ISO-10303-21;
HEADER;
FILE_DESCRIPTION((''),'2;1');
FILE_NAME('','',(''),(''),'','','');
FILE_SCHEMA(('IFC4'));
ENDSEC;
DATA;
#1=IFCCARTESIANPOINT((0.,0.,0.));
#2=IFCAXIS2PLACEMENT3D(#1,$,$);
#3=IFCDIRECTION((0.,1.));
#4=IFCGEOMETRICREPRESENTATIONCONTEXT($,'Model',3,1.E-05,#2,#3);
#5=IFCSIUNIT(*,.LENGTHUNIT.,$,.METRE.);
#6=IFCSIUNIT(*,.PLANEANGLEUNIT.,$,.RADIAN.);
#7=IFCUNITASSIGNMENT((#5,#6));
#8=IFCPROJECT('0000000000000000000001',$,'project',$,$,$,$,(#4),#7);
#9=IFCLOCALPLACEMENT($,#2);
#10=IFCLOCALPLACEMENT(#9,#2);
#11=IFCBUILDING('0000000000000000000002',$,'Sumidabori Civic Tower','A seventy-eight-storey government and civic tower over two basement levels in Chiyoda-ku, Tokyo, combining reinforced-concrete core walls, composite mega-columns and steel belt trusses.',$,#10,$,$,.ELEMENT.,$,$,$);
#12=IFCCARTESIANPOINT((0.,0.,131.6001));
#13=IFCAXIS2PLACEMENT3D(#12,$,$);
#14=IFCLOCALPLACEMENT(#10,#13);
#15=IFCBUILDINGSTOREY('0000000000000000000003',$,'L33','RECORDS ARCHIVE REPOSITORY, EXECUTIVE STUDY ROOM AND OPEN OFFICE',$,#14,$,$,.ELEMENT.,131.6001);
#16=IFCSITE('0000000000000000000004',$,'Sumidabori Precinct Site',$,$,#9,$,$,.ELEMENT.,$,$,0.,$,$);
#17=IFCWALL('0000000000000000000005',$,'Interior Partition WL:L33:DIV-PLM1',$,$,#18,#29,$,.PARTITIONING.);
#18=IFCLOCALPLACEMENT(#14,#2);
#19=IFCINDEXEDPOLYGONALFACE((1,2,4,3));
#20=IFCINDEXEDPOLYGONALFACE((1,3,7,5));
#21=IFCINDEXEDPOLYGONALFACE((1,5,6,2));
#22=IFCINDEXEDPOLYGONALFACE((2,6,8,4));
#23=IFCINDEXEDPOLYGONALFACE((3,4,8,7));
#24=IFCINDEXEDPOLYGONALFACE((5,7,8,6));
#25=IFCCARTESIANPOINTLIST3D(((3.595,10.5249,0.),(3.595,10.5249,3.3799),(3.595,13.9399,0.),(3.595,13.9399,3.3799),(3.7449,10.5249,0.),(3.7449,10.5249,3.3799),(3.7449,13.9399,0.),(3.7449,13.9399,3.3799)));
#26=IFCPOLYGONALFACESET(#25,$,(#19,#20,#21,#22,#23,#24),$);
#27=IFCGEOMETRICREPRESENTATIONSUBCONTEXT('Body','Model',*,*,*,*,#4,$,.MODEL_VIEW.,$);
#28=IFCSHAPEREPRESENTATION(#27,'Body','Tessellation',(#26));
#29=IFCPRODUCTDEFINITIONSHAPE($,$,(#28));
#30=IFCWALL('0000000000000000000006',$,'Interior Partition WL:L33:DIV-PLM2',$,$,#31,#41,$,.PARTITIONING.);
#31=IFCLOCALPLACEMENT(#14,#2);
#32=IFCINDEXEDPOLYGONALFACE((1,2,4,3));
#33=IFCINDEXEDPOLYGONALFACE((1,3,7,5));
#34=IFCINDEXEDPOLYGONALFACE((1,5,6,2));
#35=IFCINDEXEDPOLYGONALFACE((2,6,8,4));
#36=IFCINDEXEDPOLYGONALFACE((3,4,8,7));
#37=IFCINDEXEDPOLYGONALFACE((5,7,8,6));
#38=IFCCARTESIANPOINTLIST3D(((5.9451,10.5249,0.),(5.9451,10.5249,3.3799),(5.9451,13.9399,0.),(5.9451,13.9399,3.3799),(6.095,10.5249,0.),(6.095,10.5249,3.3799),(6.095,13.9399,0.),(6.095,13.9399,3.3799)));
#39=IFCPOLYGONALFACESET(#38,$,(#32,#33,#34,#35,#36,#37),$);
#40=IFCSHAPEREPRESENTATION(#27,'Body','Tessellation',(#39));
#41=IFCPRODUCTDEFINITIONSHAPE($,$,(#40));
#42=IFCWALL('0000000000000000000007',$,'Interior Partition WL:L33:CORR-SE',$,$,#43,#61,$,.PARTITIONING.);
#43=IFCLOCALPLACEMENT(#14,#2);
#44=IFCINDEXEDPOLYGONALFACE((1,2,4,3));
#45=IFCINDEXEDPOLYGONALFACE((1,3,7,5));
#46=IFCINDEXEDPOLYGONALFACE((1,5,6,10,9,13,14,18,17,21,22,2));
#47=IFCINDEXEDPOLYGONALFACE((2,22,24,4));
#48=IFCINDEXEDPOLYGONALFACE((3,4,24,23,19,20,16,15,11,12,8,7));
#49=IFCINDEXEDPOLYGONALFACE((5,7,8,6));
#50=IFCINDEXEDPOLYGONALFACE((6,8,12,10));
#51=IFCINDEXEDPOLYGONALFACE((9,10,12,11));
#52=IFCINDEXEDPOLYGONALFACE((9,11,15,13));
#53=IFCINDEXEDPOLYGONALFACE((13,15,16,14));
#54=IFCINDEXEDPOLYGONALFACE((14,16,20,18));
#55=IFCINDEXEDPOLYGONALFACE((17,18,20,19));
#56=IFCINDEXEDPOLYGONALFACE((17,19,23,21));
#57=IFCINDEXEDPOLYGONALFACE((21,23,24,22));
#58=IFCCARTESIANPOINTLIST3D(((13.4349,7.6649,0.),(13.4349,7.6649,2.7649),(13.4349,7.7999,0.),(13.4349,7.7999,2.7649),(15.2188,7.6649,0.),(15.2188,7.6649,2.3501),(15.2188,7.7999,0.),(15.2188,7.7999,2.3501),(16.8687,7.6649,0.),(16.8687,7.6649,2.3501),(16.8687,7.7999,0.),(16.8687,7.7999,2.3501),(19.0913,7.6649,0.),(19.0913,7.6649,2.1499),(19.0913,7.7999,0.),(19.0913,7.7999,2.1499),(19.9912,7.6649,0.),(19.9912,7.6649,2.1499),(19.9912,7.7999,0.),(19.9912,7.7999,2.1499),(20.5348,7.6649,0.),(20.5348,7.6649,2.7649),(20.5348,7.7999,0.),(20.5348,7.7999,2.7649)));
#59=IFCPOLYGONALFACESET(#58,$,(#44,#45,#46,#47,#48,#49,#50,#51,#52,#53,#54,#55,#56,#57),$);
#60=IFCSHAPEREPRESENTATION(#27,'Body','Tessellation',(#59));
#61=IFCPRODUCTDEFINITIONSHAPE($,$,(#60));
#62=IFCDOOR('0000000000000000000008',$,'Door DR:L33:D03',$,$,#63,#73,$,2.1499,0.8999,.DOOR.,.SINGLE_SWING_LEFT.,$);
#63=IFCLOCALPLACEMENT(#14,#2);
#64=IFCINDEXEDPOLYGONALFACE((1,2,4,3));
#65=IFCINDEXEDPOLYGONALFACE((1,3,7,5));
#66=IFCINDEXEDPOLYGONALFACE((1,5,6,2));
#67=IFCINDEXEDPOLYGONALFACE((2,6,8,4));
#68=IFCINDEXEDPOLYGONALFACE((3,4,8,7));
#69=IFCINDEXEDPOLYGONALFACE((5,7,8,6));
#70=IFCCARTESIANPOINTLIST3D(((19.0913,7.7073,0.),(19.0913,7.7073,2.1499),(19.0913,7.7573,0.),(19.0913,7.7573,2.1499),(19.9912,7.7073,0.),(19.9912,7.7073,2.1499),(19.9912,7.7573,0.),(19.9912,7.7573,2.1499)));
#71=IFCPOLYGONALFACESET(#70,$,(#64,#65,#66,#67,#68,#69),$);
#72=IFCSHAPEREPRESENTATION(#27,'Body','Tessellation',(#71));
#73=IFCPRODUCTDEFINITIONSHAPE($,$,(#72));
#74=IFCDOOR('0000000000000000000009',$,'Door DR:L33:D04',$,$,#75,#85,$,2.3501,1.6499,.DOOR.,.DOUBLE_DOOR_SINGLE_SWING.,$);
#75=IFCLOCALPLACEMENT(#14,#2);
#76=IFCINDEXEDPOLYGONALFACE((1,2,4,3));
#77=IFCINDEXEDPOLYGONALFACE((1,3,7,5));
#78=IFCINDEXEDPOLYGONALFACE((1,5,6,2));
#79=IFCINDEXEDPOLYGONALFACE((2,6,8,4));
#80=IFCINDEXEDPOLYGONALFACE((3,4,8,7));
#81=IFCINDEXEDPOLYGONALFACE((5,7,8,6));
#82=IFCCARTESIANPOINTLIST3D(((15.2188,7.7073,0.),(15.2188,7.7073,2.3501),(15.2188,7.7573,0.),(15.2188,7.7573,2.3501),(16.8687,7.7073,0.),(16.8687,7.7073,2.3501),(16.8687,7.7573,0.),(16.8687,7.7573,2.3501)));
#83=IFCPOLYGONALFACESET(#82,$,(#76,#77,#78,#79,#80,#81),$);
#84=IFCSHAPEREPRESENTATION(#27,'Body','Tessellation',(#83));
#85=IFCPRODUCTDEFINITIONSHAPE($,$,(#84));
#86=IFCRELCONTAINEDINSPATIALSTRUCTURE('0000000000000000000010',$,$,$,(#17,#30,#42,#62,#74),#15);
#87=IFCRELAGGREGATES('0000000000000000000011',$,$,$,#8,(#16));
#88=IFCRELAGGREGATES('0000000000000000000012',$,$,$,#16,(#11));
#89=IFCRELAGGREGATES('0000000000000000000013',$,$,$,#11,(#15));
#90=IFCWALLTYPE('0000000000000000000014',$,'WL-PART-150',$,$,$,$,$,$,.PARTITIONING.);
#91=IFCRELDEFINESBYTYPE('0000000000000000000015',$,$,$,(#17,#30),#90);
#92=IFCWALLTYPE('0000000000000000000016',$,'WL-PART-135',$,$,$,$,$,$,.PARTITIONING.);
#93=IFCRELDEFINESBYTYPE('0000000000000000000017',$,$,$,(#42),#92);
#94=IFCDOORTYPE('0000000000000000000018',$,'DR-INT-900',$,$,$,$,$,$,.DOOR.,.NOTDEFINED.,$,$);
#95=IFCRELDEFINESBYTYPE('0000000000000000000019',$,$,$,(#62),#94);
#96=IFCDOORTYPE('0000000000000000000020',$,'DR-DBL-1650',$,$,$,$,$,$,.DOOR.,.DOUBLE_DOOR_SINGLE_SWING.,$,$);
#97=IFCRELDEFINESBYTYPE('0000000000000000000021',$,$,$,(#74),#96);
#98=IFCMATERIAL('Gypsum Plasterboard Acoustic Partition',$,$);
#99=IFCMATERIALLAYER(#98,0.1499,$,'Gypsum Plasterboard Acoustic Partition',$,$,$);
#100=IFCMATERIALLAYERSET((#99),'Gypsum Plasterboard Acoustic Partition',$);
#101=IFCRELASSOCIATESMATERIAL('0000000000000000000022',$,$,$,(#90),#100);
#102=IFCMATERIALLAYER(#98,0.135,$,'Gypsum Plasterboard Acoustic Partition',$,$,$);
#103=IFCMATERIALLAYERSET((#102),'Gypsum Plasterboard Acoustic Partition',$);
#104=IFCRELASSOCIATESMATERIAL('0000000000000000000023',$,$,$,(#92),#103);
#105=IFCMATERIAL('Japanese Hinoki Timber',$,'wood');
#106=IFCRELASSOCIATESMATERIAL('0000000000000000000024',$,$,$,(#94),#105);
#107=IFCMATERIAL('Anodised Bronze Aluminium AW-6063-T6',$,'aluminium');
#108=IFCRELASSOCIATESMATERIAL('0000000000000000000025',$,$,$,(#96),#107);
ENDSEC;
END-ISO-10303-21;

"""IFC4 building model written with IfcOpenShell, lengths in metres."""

from ifc_helpers import new_model, si_unit, direction, frame, frame_2d, origin, place, context, subcontext, project, spatial, rectangle, extrude, source, transform, mapped, material, layer, layer_set, type_object, element, fill, save


model = new_model("IFC4")

# Units and contexts
model_context = context("Model", 3, precision=1e-05, world=origin(), true_north=direction((0.0, 1.0)))
body_context = subcontext(model_context, "Body", "Model", "MODEL_VIEW")
ifc_project = project(units=[si_unit("LENGTHUNIT", "METRE"), si_unit("PLANEANGLEUNIT", "RADIAN")], contexts=[model_context])

# Site, building, storey
site_placement = place(None, origin())
site = spatial("IfcSite", under=ifc_project, at=site_placement, Name="Sumidabori Precinct Site", CompositionType="ELEMENT", RefElevation=0.0)
building_placement = place(site_placement, origin())
building = spatial("IfcBuilding", under=site, at=building_placement, Name="Sumidabori Civic Tower", Description="A seventy-eight-storey government and civic tower over two basement levels in Chiyoda-ku, Tokyo, combining reinforced-concrete core walls, composite mega-columns and steel belt trusses.", CompositionType="ELEMENT")
storey_placement = place(building_placement, frame((0.0, 0.0, 131.6001)))
storey = spatial("IfcBuildingStorey", under=building, at=storey_placement, Name="L33", Description="RECORDS ARCHIVE REPOSITORY, EXECUTIVE STUDY ROOM AND OPEN OFFICE", CompositionType="ELEMENT", Elevation=131.6001)

# Shared definitions
ifc_material_1 = material(Name="Japanese Hinoki Timber", Category="wood")

# Walls
ifc_material_2 = material(Name="Gypsum Plasterboard Acoustic Partition")
ifc_layer_1 = layer(ifc_material_2, 0.1499, Name="Gypsum Plasterboard Acoustic Partition")
ifc_layer_set_1 = layer_set([ifc_layer_1], Name="Gypsum Plasterboard Acoustic Partition")
wall_type_1 = type_object("IfcWallType", Name="WL-PART-150", PredefinedType="PARTITIONING", material=ifc_layer_set_1)
shared_shape_1 = source(origin(), body_context, "Body", "SweptSolid", [
    extrude(rectangle(XDim=3.415, YDim=0.1499, at=frame_2d((1.7075, 0.0))), origin(), (0.0, 0.0, 1.0), 3.3799),
])
for number, where, z_axis, x_axis, name in (
    (1, (3.6699, 10.5249, 0.0), (0.0, 0.0, 1.0), (0.0, 1.0, 0.0), "Interior Partition WL:L33:DIV-PLM1"),
    (2, (6.02, 10.5249, 0.0), (0.0, 0.0, 1.0), (0.0, 1.0, 0.0), "Interior Partition WL:L33:DIV-PLM2"),
):
    element("IfcWall", number, at=place(storey_placement, frame(where, z_axis=z_axis, x_axis=x_axis)), inside=storey, type_object=wall_type_1, Name=name, PredefinedType="PARTITIONING", context=body_context, shape_type="MappedRepresentation", body=[
        mapped(shared_shape_1, transform((0.0, 0.0, 0.0), x_axis=(1.0, 0.0, 0.0), y_axis=(0.0, 1.0, 0.0), z_axis=(0.0, 0.0, 1.0), scale=1.0)),
    ])

# Wall, openings, doors
ifc_layer_2 = layer(ifc_material_2, 0.135, Name="Gypsum Plasterboard Acoustic Partition")
ifc_layer_set_2 = layer_set([ifc_layer_2], Name="Gypsum Plasterboard Acoustic Partition")
wall_type_2 = type_object("IfcWallType", Name="WL-PART-135", PredefinedType="PARTITIONING", material=ifc_layer_set_2)
shared_shape_2 = source(origin(), body_context, "Body", "SweptSolid", [
    extrude(rectangle(XDim=7.0999, YDim=0.135, at=frame_2d((3.5498, 0.0))), origin(), (0.0, 0.0, 1.0), 2.7649),
])
wall_1_placement = place(storey_placement, frame((13.4351, 7.7324, 0.0), z_axis=(0.0, 0.0, 1.0), x_axis=(1.0, 0.0, 0.0)))
wall_1 = element("IfcWall", 3, at=wall_1_placement, inside=storey, type_object=wall_type_2, Name="Interior Partition WL:L33:CORR-SE", PredefinedType="PARTITIONING", context=body_context, shape_type="MappedRepresentation", body=[
    mapped(shared_shape_2, transform((0.0, 0.0, 0.0), x_axis=(1.0, 0.0, 0.0), y_axis=(0.0, 1.0, 0.0), z_axis=(0.0, 0.0, 1.0), scale=1.0)),
])
opening_1_placement = place(wall_1_placement, frame((5.6562, 0.0, 0.0)))
opening_1 = element("IfcOpeningElement", 4, at=opening_1_placement, cuts=wall_1, PredefinedType="OPENING", context=body_context, shape_type="SweptSolid", body=[
    extrude(rectangle(XDim=0.8999, YDim=2.1499, at=frame_2d((0.45, 1.075))), frame((0.0, 0.0796, 0.0), z_axis=(0.0, -1.0, 0.0), x_axis=(1.0, 0.0, 0.0)), (0.0, 0.0, 1.0), 0.1589),
])
opening_2_placement = place(wall_1_placement, frame((1.7837, 0.0, 0.0)))
opening_2 = element("IfcOpeningElement", 5, at=opening_2_placement, cuts=wall_1, PredefinedType="OPENING", context=body_context, shape_type="SweptSolid", body=[
    extrude(rectangle(XDim=1.6499, YDim=2.3501, at=frame_2d((0.825, 1.175))), frame((0.0, 0.0796, 0.0), z_axis=(0.0, -1.0, 0.0), x_axis=(1.0, 0.0, 0.0)), (0.0, 0.0, 1.0), 0.1589),
])
door_type_1 = type_object("IfcDoorType", Name="DR-INT-900", OperationType="NOTDEFINED", PredefinedType="DOOR", material=ifc_material_1)
shared_shape_3 = source(origin(), body_context, "Body", "SweptSolid", [
    extrude(rectangle(XDim=0.8999, YDim=2.1499, at=frame_2d((0.45, 1.075))), frame((0.0, 0.0249, 0.0), z_axis=(0.0, -1.0, 0.0), x_axis=(1.0, 0.0, 0.0)), (0.0, 0.0, 1.0), 0.05),
])
door_1_placement = place(opening_1_placement, origin())
door_1 = element("IfcDoor", 6, at=door_1_placement, inside=storey, type_object=door_type_1, Name="Door DR:L33:D03", OperationType="SINGLE_SWING_LEFT", OverallHeight=2.1499, OverallWidth=0.8999, PredefinedType="DOOR", context=body_context, shape_type="MappedRepresentation", body=[
    mapped(shared_shape_3, transform((0.0, 0.0, 0.0), x_axis=(1.0, 0.0, 0.0), y_axis=(0.0, 1.0, 0.0), z_axis=(0.0, 0.0, 1.0), scale=1.0)),
])
fill(opening_1, door_1)
ifc_material_3 = material(Name="Anodised Bronze Aluminium AW-6063-T6", Category="aluminium")
door_type_2 = type_object("IfcDoorType", Name="DR-DBL-1650", OperationType="DOUBLE_DOOR_SINGLE_SWING", PredefinedType="DOOR", material=ifc_material_3)
shared_shape_4 = source(origin(), body_context, "Body", "SweptSolid", [
    extrude(rectangle(XDim=1.6499, YDim=2.3501, at=frame_2d((0.825, 1.175))), frame((0.0, 0.0249, 0.0), z_axis=(0.0, -1.0, 0.0), x_axis=(1.0, 0.0, 0.0)), (0.0, 0.0, 1.0), 0.05),
])
door_2_placement = place(opening_2_placement, origin())
door_2 = element("IfcDoor", 7, at=door_2_placement, inside=storey, type_object=door_type_2, Name="Door DR:L33:D04", OperationType="DOUBLE_DOOR_SINGLE_SWING", OverallHeight=2.3501, OverallWidth=1.6499, PredefinedType="DOOR", context=body_context, shape_type="MappedRepresentation", body=[
    mapped(shared_shape_4, transform((0.0, 0.0, 0.0), x_axis=(1.0, 0.0, 0.0), y_axis=(0.0, 1.0, 0.0), z_axis=(0.0, 0.0, 1.0), scale=1.0)),
])
fill(opening_2, door_2)

save(model, "model.ifc")
